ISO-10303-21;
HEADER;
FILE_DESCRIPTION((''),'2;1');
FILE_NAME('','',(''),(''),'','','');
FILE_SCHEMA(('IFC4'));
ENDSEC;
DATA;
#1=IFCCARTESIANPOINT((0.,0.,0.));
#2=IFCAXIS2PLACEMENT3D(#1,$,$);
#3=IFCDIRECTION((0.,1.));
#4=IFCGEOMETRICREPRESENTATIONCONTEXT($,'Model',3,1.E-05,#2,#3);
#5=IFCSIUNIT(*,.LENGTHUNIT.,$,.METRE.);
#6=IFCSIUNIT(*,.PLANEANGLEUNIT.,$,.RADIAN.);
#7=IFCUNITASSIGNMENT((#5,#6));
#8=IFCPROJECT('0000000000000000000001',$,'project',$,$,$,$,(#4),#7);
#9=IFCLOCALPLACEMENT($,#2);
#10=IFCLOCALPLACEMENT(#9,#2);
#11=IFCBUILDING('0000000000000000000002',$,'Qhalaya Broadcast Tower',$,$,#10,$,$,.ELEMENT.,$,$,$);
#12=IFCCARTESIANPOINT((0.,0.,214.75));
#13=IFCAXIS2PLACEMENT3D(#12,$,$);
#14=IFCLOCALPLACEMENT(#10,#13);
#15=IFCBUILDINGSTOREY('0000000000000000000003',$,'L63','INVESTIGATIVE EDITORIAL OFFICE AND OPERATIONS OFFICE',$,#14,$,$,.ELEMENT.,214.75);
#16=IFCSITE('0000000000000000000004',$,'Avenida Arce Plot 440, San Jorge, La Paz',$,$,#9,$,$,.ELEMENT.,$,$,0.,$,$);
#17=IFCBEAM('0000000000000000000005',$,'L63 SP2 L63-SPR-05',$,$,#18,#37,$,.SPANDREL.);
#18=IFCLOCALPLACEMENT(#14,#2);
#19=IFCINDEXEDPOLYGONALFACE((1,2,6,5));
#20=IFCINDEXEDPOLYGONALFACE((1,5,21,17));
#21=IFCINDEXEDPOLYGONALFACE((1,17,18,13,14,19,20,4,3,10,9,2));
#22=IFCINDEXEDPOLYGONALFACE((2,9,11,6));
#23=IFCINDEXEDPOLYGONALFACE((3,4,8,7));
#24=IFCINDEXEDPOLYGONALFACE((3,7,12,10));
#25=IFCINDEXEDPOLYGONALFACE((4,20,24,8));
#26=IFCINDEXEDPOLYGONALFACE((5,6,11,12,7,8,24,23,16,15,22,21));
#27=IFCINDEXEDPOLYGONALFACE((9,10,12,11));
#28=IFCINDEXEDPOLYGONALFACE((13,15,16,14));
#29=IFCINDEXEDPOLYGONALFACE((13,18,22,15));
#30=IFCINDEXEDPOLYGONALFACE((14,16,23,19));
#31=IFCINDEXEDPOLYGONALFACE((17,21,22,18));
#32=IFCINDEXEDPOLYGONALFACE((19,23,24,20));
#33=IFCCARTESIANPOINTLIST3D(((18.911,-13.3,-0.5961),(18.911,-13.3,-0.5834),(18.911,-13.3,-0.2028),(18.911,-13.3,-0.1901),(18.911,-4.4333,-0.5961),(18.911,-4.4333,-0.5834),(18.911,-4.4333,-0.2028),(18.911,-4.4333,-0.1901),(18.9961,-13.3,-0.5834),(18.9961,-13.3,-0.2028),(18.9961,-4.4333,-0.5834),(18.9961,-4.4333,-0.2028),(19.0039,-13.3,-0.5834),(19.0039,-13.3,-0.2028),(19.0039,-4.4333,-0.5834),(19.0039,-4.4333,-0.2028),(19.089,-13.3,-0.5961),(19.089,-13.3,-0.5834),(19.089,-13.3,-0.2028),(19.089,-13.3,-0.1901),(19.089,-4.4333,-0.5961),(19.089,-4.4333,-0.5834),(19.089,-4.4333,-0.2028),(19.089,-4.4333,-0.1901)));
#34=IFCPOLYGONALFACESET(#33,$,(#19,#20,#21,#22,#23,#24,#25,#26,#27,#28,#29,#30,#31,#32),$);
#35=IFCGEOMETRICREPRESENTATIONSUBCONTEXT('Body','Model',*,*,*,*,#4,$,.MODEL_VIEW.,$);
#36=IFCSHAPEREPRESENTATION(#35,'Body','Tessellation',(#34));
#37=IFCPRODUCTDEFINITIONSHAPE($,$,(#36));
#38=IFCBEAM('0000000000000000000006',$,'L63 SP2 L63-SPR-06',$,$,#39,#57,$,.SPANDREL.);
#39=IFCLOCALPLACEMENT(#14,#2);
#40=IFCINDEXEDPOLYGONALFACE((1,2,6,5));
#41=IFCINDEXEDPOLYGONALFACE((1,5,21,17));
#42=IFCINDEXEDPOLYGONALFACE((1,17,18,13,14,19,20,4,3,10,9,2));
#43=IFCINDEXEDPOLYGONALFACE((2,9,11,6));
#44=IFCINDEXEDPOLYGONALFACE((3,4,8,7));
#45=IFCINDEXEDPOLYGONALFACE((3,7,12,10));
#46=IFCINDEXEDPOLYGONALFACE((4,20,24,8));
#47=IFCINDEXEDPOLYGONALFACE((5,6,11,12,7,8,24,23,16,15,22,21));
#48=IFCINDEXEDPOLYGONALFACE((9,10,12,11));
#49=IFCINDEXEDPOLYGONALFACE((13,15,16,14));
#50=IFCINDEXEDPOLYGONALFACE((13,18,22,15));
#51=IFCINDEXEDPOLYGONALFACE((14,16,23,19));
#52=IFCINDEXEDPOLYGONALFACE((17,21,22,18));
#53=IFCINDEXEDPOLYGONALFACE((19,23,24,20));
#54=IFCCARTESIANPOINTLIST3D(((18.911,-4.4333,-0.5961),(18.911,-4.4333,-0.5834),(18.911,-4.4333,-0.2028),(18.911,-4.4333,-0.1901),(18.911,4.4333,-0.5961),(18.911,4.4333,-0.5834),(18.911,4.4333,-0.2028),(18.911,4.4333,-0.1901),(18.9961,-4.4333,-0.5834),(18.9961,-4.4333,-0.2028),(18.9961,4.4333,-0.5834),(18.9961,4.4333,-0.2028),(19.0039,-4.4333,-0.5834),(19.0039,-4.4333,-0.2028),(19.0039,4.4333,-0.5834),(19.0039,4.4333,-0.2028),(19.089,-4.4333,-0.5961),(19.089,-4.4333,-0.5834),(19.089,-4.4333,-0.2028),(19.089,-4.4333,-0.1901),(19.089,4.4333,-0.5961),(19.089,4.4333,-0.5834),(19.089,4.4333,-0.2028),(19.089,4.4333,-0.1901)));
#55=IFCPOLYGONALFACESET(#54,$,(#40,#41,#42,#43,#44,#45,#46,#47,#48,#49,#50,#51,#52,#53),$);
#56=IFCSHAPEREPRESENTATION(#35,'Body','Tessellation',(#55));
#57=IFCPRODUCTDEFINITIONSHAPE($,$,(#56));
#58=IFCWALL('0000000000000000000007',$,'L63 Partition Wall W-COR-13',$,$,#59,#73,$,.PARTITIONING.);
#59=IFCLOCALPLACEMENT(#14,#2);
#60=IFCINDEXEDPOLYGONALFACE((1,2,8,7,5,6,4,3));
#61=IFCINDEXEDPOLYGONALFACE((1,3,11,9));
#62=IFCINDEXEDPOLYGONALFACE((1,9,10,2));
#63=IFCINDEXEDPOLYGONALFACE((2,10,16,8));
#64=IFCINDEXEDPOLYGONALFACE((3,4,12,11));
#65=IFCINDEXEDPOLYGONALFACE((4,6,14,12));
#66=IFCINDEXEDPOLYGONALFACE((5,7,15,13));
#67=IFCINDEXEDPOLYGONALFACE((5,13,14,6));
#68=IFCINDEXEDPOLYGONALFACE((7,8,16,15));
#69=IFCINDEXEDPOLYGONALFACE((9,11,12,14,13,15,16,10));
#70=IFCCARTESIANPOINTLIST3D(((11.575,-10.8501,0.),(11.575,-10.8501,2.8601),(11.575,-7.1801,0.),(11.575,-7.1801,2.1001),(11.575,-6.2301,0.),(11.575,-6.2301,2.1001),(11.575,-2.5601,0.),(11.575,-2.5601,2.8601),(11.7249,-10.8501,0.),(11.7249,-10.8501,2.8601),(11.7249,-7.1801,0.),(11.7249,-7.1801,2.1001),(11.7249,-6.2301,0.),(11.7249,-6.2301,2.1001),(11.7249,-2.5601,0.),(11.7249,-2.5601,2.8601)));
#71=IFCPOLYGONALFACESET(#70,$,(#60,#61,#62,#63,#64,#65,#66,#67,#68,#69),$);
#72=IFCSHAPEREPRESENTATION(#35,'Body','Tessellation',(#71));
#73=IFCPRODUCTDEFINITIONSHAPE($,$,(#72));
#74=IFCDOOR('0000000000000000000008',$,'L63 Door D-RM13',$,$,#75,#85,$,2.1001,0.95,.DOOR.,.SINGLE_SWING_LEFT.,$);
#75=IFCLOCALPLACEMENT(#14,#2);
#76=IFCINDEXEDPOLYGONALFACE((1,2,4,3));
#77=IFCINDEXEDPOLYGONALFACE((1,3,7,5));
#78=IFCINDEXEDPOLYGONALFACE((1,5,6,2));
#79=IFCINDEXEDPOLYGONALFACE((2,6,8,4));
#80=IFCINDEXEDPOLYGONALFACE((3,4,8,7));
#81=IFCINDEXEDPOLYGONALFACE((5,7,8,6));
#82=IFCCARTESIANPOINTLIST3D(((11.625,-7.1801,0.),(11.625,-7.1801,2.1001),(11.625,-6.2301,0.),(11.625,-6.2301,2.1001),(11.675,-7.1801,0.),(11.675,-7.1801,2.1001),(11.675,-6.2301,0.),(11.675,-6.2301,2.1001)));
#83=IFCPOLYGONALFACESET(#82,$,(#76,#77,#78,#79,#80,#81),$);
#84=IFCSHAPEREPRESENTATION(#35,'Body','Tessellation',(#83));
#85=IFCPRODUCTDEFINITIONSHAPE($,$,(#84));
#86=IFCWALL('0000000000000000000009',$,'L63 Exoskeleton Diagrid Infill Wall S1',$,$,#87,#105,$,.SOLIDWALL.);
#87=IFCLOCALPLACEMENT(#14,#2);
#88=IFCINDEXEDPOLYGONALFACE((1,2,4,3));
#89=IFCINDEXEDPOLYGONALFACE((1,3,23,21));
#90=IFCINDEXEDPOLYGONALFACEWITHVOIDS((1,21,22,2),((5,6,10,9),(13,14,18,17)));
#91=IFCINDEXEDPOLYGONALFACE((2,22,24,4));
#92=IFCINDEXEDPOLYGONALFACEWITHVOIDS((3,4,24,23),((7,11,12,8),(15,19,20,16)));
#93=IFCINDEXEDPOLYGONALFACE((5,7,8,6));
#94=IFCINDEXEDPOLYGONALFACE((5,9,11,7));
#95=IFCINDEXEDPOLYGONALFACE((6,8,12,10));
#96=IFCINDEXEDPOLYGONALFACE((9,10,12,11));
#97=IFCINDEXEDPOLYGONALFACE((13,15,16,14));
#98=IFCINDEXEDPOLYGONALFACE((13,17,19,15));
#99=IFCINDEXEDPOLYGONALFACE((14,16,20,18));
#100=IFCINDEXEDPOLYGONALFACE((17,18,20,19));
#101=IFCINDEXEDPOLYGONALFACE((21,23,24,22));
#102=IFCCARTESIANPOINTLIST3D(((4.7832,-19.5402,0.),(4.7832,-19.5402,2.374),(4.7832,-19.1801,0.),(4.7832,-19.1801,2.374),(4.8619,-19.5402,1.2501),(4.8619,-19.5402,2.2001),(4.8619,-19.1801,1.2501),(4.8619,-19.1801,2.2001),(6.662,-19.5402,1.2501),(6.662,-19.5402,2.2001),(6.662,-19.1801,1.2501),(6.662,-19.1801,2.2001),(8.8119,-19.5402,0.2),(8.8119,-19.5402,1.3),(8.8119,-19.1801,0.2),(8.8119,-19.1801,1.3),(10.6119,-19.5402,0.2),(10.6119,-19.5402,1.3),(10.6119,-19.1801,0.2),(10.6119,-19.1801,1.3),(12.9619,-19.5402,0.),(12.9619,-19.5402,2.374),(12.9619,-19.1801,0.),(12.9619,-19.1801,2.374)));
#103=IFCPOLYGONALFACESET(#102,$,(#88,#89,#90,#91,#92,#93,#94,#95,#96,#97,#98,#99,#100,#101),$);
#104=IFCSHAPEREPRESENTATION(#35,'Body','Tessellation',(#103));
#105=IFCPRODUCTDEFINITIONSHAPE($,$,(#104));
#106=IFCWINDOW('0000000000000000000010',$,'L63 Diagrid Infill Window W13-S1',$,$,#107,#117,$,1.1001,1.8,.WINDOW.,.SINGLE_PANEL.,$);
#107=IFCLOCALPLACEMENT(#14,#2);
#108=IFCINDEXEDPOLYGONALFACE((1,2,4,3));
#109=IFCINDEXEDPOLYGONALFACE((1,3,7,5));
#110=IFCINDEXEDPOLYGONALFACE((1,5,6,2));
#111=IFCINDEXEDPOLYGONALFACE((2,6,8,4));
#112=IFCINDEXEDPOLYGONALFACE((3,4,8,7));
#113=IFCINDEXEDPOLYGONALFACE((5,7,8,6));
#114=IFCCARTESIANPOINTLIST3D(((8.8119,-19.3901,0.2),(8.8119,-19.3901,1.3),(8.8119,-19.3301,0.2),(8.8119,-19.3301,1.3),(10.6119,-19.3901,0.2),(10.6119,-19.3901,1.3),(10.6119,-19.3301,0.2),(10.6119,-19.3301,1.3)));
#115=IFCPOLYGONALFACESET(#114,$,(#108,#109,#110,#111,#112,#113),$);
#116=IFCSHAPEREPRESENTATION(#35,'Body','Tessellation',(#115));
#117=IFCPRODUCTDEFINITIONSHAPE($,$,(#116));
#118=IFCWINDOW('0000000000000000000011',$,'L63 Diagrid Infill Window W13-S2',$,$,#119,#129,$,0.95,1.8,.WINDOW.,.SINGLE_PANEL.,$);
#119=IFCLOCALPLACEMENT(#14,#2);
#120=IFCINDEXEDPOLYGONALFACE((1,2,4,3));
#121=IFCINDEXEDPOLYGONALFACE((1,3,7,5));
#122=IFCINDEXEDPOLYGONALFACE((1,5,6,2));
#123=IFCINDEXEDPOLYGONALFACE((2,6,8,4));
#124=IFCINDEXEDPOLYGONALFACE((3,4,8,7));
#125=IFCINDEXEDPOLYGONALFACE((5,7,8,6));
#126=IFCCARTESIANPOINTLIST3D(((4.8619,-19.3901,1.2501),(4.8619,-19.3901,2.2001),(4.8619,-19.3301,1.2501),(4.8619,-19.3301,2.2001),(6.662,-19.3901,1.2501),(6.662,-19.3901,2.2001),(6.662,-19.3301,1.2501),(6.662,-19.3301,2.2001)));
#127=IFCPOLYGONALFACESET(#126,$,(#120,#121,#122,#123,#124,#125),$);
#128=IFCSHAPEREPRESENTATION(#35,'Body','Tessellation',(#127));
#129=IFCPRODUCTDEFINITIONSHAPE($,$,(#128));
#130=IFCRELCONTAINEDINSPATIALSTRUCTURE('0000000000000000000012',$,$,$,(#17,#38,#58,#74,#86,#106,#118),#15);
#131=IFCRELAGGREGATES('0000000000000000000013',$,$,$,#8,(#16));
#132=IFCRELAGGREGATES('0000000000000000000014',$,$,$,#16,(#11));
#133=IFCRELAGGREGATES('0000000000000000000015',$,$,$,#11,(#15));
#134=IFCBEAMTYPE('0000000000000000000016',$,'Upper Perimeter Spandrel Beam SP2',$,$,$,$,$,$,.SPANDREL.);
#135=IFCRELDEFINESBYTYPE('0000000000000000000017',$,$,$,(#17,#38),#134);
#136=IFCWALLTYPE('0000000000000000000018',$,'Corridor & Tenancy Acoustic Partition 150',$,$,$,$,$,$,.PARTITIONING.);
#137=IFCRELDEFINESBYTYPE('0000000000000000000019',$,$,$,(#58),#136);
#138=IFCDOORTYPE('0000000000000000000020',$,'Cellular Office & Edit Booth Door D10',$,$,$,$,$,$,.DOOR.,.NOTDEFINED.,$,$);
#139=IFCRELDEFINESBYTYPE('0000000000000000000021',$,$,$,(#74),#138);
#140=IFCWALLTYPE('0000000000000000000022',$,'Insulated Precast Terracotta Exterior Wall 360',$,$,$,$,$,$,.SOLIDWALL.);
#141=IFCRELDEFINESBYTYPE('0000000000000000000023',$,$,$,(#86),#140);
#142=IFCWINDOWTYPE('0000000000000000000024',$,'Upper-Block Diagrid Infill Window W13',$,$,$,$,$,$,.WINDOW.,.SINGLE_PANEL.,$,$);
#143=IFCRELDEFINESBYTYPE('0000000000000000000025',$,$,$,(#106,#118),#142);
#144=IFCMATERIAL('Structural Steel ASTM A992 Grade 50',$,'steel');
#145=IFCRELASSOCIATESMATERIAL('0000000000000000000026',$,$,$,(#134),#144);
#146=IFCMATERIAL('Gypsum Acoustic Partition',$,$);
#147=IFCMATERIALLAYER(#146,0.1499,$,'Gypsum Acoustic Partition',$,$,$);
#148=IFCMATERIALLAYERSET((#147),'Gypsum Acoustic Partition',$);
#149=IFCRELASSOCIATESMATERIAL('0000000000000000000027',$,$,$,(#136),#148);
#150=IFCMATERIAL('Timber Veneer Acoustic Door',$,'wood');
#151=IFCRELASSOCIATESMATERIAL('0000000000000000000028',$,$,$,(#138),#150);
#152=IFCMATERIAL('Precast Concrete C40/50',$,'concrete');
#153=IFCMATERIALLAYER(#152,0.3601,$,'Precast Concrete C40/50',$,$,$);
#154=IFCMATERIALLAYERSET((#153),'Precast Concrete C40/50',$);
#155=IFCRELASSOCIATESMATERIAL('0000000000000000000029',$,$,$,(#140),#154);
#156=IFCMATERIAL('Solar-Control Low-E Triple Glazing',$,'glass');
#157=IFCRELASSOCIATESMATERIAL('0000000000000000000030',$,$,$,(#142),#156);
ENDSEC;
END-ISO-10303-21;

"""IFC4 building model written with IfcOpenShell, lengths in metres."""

from ifc_helpers import new_model, si_unit, direction, frame, frame_2d, origin, origin_2d, place, context, subcontext, project, spatial, rectangle, i_section, extrude, material, layer, layer_set, material_profile, profile_set, type_object, element, fill, save


model = new_model("IFC4")

# Units and contexts
model_context = context("Model", 3, precision=1e-05, world=origin(), true_north=direction((0.0, 1.0)))
body_context = subcontext(model_context, "Body", "Model", "MODEL_VIEW")
ifc_project = project(units=[si_unit("LENGTHUNIT", "METRE"), si_unit("PLANEANGLEUNIT", "RADIAN")], contexts=[model_context])

# Site, building, storey
site_placement = place(None, origin())
site = spatial("IfcSite", under=ifc_project, at=site_placement, Name="Avenida Arce Plot 440, San Jorge, La Paz", CompositionType="ELEMENT", RefElevation=0.0)
building_placement = place(site_placement, origin())
building = spatial("IfcBuilding", under=site, at=building_placement, Name="Qhalaya Broadcast Tower", CompositionType="ELEMENT")
storey_placement = place(building_placement, frame((0.0, 0.0, 214.75)))
storey = spatial("IfcBuildingStorey", under=building, at=storey_placement, Name="L63", Description="INVESTIGATIVE EDITORIAL OFFICE AND OPERATIONS OFFICE", CompositionType="ELEMENT", Elevation=214.75)

# Beams
ifc_material_1 = material(Name="Structural Steel ASTM A992 Grade 50", Category="steel")
ifc_material_profile_1 = material_profile(ifc_material_1, i_section(OverallWidth=0.178, OverallDepth=0.406, WebThickness=0.0078, FlangeThickness=0.0127, at=origin_2d()), Name="W16X40")
ifc_profile_set_1 = profile_set([ifc_material_profile_1], Name="Structural Steel ASTM A992 Grade 50")
beam_type_1 = type_object("IfcBeamType", Name="Upper Perimeter Spandrel Beam SP2", PredefinedType="SPANDREL", material=ifc_profile_set_1)
for number, where, z_axis, x_axis, name in (
    (1, (19.0, -13.3, -0.3931), (0.0, 1.0, 0.0), (-1.0, 0.0, 0.0), "L63 SP2 L63-SPR-05"),
    (2, (19.0, -4.4333, -0.3931), (0.0, 1.0, 0.0), (-1.0, 0.0, 0.0), "L63 SP2 L63-SPR-06"),
):
    element("IfcBeam", number, at=place(storey_placement, frame(where, z_axis=z_axis, x_axis=x_axis)), inside=storey, type_object=beam_type_1, Name=name, PredefinedType="SPANDREL", context=body_context, shape_type="SweptSolid", body=[
        extrude(i_section(OverallWidth=0.178, OverallDepth=0.406, WebThickness=0.0078, FlangeThickness=0.0127, at=origin_2d()), origin(), (0.0, 0.0, 1.0), 8.8667),
    ])

# Wall, opening, door
ifc_material_2 = material(Name="Gypsum Acoustic Partition")
ifc_layer_1 = layer(ifc_material_2, 0.1499, Name="Gypsum Acoustic Partition")
ifc_layer_set_1 = layer_set([ifc_layer_1], Name="Gypsum Acoustic Partition")
wall_type_1 = type_object("IfcWallType", Name="Corridor & Tenancy Acoustic Partition 150", PredefinedType="PARTITIONING", material=ifc_layer_set_1)
wall_1_placement = place(storey_placement, frame((11.6499, -10.8501, 0.0), z_axis=(0.0, 0.0, 1.0), x_axis=(0.0, 1.0, 0.0)))
wall_1 = element("IfcWall", 3, at=wall_1_placement, inside=storey, type_object=wall_type_1, Name="L63 Partition Wall W-COR-13", PredefinedType="PARTITIONING", context=body_context, shape_type="SweptSolid", body=[
    extrude(rectangle(XDim=8.29, YDim=0.1499, at=frame_2d((4.145, 0.0))), origin(), (0.0, 0.0, 1.0), 2.8601),
])
opening_1_placement = place(wall_1_placement, frame((3.6699, 0.0, 0.0)))
opening_1 = element("IfcOpeningElement", 4, at=opening_1_placement, cuts=wall_1, PredefinedType="OPENING", context=body_context, shape_type="SweptSolid", body=[
    extrude(rectangle(XDim=0.95, YDim=2.1001, at=frame_2d((0.4751, 1.05))), frame((0.0, 0.0869, 0.0), z_axis=(0.0, -1.0, 0.0), x_axis=(1.0, 0.0, 0.0)), (0.0, 0.0, 1.0), 0.1738),
])
ifc_material_3 = material(Name="Timber Veneer Acoustic Door", Category="wood")
door_type_1 = type_object("IfcDoorType", Name="Cellular Office & Edit Booth Door D10", OperationType="NOTDEFINED", PredefinedType="DOOR", material=ifc_material_3)
door_1_placement = place(opening_1_placement, origin())
door_1 = element("IfcDoor", 5, at=door_1_placement, inside=storey, type_object=door_type_1, Name="L63 Door D-RM13", OperationType="SINGLE_SWING_LEFT", OverallHeight=2.1001, OverallWidth=0.95, PredefinedType="DOOR", context=body_context, shape_type="SweptSolid", body=[
    extrude(rectangle(XDim=0.95, YDim=2.1001, at=frame_2d((0.4751, 1.05))), frame((0.0, 0.0249, 0.0), z_axis=(0.0, -1.0, 0.0), x_axis=(1.0, 0.0, 0.0)), (0.0, 0.0, 1.0), 0.05),
])
fill(opening_1, door_1)

# Wall, openings, windows
ifc_material_4 = material(Name="Precast Concrete C40/50", Category="concrete")
ifc_layer_2 = layer(ifc_material_4, 0.3601, Name="Precast Concrete C40/50")
ifc_layer_set_2 = layer_set([ifc_layer_2], Name="Precast Concrete C40/50")
wall_type_2 = type_object("IfcWallType", Name="Insulated Precast Terracotta Exterior Wall 360", PredefinedType="SOLIDWALL", material=ifc_layer_set_2)
wall_2_placement = place(storey_placement, frame((12.9619, -19.3601, 0.0), z_axis=(0.0, 0.0, 1.0), x_axis=(-1.0, 0.0, 0.0)))
wall_2 = element("IfcWall", 6, at=wall_2_placement, inside=storey, type_object=wall_type_2, Name="L63 Exoskeleton Diagrid Infill Wall S1", PredefinedType="SOLIDWALL", context=body_context, shape_type="SweptSolid", body=[
    extrude(rectangle(XDim=8.1787, YDim=0.3601, at=frame_2d((4.0894, 0.0))), origin(), (0.0, 0.0, 1.0), 2.374),
])
opening_2_placement = place(wall_2_placement, frame((2.3501, 0.0, 0.2)))
opening_2 = element("IfcOpeningElement", 7, at=opening_2_placement, cuts=wall_2, PredefinedType="OPENING", context=body_context, shape_type="SweptSolid", body=[
    extrude(rectangle(XDim=1.8, YDim=1.1001, at=frame_2d((0.8999, 0.55))), frame((0.0, 0.1921, 0.0), z_axis=(0.0, -1.0, 0.0), x_axis=(1.0, 0.0, 0.0)), (0.0, 0.0, 1.0), 0.384),
])
opening_3_placement = place(wall_2_placement, frame((6.3, 0.0, 1.25)))
opening_3 = element("IfcOpeningElement", 8, at=opening_3_placement, cuts=wall_2, PredefinedType="OPENING", context=body_context, shape_type="SweptSolid", body=[
    extrude(rectangle(XDim=1.8, YDim=0.95, at=frame_2d((0.8999, 0.4751))), frame((0.0, 0.1921, 0.0), z_axis=(0.0, -1.0, 0.0), x_axis=(1.0, 0.0, 0.0)), (0.0, 0.0, 1.0), 0.384),
])
ifc_material_5 = material(Name="Solar-Control Low-E Triple Glazing", Category="glass")
window_type = type_object("IfcWindowType", Name="Upper-Block Diagrid Infill Window W13", PartitioningType="SINGLE_PANEL", PredefinedType="WINDOW", material=ifc_material_5)
window_1_placement = place(opening_2_placement, origin())
window_1 = element("IfcWindow", 9, at=window_1_placement, inside=storey, type_object=window_type, Name="L63 Diagrid Infill Window W13-S1", OverallHeight=1.1001, OverallWidth=1.8, PartitioningType="SINGLE_PANEL", PredefinedType="WINDOW", context=body_context, shape_type="SweptSolid", body=[
    extrude(rectangle(XDim=1.8, YDim=1.1001, at=frame_2d((0.8999, 0.55))), frame((0.0, 0.03, 0.0), z_axis=(0.0, -1.0, 0.0), x_axis=(1.0, 0.0, 0.0)), (0.0, 0.0, 1.0), 0.0601),
])
fill(opening_2, window_1)
window_2_placement = place(opening_3_placement, origin())
window_2 = element("IfcWindow", 10, at=window_2_placement, inside=storey, type_object=window_type, Name="L63 Diagrid Infill Window W13-S2", OverallHeight=0.95, OverallWidth=1.8, PartitioningType="SINGLE_PANEL", PredefinedType="WINDOW", context=body_context, shape_type="SweptSolid", body=[
    extrude(rectangle(XDim=1.8, YDim=0.95, at=frame_2d((0.8999, 0.4751))), frame((0.0, 0.03, 0.0), z_axis=(0.0, -1.0, 0.0), x_axis=(1.0, 0.0, 0.0)), (0.0, 0.0, 1.0), 0.0601),
])
fill(opening_3, window_2)

save(model, "model.ifc")
